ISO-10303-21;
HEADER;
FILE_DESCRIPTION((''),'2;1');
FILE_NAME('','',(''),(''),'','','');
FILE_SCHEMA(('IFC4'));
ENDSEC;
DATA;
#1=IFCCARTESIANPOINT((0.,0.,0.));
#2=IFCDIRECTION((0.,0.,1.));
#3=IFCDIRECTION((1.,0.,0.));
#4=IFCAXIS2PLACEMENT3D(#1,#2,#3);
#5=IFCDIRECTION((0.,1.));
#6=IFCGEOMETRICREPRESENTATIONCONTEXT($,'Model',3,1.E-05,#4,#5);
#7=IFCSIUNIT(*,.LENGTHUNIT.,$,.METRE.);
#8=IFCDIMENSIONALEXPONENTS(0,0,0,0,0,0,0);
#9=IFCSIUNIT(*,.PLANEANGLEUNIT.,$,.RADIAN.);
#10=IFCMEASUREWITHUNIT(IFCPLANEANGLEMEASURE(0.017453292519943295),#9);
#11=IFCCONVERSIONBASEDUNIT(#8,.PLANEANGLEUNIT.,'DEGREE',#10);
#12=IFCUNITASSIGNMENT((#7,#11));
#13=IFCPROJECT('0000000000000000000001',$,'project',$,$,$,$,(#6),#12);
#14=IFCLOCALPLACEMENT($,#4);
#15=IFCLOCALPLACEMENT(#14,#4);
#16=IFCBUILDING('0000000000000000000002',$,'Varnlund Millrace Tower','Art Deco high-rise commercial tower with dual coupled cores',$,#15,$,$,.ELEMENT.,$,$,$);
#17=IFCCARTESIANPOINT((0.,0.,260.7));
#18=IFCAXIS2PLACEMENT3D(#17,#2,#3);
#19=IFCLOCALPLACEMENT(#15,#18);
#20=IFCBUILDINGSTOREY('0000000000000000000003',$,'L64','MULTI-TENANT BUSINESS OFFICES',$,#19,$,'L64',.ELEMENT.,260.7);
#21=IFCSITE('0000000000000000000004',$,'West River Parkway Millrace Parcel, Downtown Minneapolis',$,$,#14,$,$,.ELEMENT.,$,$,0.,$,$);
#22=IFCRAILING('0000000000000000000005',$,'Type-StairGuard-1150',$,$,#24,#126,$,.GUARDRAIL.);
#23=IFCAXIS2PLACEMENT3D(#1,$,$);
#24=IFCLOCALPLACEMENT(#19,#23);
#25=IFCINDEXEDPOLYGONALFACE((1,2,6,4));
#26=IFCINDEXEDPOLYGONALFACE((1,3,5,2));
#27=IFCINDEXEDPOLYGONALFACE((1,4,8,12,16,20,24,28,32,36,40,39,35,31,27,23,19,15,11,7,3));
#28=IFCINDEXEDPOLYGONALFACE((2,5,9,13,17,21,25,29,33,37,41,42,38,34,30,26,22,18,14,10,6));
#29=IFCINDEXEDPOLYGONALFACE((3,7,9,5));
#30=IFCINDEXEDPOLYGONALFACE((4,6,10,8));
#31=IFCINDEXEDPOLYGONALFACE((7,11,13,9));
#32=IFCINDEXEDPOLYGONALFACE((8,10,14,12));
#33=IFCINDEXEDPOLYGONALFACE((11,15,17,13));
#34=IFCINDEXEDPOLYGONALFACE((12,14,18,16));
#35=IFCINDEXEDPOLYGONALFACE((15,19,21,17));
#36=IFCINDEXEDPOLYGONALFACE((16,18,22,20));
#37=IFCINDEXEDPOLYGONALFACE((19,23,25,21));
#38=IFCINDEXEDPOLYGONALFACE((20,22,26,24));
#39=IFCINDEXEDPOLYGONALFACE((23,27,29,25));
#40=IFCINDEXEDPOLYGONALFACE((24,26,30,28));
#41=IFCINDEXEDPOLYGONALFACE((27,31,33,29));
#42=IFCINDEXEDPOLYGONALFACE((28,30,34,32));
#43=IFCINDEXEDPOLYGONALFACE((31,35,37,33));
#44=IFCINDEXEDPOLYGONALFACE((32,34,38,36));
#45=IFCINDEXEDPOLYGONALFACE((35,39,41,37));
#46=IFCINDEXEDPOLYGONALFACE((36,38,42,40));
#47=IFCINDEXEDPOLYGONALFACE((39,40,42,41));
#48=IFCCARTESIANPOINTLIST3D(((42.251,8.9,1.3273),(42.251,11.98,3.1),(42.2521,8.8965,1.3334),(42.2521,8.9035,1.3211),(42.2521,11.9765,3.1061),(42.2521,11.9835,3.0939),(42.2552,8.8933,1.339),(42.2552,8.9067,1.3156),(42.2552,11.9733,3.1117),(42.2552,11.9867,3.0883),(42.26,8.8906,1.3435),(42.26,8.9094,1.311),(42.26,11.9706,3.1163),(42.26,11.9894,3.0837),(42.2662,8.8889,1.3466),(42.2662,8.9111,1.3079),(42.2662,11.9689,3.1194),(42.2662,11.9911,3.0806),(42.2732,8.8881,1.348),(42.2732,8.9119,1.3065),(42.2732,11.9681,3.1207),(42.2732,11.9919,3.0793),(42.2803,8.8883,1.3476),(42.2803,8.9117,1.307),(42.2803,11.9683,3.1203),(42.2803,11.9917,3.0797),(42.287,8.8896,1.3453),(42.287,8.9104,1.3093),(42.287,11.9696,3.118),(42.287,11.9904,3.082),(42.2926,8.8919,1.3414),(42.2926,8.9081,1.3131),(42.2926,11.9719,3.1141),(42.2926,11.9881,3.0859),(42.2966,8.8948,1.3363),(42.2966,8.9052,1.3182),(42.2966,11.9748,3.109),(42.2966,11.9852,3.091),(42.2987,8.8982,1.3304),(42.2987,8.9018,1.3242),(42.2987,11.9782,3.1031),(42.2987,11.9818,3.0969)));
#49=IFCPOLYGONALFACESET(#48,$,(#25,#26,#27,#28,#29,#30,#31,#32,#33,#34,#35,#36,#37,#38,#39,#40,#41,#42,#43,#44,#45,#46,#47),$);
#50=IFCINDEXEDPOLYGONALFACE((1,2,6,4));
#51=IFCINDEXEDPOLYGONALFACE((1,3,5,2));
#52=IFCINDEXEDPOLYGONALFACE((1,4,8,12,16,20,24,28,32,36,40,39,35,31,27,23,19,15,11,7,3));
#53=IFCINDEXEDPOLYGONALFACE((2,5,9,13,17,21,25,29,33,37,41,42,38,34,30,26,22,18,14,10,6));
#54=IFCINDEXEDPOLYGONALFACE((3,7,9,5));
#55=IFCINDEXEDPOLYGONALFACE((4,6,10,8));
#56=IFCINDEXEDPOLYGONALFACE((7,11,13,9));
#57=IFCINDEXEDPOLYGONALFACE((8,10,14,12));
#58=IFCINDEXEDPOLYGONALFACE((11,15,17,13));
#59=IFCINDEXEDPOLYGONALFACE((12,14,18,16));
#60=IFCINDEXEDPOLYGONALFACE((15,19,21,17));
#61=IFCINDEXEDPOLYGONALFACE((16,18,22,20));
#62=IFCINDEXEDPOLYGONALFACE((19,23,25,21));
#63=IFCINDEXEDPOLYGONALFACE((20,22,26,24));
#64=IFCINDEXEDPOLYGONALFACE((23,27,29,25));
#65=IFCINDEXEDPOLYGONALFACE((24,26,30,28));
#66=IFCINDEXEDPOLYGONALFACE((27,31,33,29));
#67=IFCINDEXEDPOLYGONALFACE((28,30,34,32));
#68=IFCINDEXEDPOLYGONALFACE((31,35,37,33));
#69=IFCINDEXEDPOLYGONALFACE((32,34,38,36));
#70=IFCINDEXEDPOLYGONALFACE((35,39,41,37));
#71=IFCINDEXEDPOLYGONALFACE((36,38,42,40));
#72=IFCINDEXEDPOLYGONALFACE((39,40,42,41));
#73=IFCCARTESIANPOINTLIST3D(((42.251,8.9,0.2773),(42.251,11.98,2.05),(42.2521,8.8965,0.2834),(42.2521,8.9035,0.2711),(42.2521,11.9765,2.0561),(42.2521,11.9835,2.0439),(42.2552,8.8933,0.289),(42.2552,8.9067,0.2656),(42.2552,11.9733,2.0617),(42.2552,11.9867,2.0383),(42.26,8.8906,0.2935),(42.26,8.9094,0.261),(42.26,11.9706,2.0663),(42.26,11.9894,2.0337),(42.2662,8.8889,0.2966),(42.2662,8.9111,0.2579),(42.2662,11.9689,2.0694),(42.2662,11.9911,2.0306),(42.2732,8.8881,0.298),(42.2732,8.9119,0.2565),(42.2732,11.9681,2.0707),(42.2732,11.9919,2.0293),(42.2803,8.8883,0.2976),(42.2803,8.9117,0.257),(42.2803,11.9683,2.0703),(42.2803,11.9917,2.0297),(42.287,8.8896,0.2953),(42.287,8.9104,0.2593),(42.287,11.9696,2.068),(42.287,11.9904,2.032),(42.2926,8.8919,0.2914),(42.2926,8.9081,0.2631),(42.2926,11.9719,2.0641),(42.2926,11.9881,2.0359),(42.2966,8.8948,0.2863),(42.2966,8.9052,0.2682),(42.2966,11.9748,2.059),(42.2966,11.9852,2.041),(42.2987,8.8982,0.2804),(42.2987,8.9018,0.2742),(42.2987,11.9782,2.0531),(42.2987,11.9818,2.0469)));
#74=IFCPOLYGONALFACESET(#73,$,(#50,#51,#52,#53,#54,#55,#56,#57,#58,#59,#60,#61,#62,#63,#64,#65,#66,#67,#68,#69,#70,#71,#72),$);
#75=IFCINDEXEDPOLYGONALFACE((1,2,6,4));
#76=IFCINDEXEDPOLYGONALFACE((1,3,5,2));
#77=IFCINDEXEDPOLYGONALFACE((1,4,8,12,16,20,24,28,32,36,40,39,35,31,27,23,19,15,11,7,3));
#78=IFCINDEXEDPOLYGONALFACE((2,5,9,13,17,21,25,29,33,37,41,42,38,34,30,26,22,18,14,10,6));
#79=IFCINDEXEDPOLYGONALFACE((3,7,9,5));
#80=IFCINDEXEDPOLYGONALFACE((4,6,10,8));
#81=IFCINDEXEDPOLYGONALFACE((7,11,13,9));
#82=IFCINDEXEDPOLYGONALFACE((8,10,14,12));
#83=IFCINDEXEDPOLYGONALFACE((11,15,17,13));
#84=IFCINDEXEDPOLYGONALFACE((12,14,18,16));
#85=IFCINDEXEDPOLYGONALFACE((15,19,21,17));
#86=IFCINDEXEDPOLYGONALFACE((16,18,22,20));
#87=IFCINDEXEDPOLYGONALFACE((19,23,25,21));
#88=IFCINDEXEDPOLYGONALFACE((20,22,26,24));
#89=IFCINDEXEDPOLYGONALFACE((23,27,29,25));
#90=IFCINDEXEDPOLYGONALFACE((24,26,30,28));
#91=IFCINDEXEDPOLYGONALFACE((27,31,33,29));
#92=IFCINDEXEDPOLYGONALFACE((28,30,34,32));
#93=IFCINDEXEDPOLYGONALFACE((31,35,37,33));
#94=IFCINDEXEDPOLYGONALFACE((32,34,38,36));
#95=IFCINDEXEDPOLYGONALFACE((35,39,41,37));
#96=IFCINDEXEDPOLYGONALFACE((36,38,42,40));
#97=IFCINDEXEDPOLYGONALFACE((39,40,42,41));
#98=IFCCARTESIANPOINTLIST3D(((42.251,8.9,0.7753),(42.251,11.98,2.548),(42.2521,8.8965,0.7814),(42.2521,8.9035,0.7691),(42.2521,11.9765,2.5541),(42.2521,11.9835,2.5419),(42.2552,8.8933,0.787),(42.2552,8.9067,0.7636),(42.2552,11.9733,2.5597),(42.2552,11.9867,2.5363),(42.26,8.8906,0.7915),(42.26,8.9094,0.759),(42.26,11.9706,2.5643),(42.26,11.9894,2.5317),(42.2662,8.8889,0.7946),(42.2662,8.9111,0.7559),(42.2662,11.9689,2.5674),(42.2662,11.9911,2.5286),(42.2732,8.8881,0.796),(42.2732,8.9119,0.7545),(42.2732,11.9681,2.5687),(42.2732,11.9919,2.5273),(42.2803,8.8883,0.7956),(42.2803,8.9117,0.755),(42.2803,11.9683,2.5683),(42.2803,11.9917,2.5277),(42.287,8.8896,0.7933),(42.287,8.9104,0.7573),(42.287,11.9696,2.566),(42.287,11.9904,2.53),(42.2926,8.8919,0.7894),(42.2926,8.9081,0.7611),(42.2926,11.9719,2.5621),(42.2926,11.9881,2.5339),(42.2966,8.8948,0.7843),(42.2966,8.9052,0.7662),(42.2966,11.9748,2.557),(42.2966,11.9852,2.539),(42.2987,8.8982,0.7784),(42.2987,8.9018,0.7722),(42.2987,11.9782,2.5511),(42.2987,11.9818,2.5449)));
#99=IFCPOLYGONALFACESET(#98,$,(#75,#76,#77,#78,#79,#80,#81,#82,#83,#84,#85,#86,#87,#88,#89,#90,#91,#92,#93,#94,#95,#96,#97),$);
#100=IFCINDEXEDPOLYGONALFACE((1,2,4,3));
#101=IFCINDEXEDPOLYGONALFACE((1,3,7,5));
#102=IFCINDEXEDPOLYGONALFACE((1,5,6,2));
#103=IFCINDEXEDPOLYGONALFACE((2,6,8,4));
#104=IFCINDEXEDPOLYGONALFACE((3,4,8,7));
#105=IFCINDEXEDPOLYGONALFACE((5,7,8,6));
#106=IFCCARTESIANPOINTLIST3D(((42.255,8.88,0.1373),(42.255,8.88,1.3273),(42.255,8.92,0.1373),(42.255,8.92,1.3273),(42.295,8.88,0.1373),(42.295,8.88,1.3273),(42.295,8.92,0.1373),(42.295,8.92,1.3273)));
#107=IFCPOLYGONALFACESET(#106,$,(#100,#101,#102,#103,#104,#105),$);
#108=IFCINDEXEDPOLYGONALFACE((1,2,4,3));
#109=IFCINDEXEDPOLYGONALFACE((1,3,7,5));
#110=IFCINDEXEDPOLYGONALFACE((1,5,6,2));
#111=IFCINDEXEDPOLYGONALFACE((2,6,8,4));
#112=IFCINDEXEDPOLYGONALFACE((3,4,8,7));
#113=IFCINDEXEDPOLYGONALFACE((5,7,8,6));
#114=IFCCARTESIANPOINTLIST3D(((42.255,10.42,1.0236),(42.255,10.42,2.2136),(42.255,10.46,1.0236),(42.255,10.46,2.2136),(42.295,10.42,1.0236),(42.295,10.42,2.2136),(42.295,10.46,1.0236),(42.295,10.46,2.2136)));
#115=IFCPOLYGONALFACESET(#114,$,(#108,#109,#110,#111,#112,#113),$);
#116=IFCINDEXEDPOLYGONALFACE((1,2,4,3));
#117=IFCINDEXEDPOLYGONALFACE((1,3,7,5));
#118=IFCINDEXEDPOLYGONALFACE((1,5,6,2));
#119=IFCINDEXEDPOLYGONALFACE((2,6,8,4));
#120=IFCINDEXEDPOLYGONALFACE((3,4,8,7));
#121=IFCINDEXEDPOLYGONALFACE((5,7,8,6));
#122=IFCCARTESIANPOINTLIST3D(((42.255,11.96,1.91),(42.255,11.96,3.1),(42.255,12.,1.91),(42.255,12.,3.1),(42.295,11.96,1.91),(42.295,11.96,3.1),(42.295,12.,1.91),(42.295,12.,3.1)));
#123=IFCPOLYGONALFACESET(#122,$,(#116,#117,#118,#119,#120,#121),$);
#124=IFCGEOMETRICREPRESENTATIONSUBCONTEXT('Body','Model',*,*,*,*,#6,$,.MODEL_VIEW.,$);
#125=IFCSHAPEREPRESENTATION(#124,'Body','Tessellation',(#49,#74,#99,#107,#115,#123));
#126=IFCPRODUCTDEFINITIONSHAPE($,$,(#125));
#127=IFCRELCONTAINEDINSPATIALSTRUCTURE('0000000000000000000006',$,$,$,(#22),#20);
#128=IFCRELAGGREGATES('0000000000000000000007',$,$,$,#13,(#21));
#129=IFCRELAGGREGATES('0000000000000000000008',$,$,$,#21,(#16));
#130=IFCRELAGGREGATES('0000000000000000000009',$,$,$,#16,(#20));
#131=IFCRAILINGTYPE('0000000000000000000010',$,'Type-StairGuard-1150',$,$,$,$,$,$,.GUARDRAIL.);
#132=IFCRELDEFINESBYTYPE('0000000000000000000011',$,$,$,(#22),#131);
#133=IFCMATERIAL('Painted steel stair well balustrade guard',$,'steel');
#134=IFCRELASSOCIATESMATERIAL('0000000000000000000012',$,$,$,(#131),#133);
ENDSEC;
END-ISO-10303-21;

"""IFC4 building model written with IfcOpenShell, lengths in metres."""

from ifc_helpers import new_model, entity, si_unit, converted_unit, direction, frame, origin_with_axes, origin_2d_with_axis, place, context, subcontext, project, spatial, rectangle, circle, extrude, material, type_object, element, save


model = new_model("IFC4")

# Units and contexts
model_context = context("Model", 3, precision=1e-05, world=origin_with_axes(), true_north=direction((0.0, 1.0)))
body_context = subcontext(model_context, "Body", "Model", "MODEL_VIEW")
ifc_project = project(units=[si_unit("LENGTHUNIT", "METRE"), converted_unit("PLANEANGLEUNIT", "DEGREE", entity("IfcPlaneAngleMeasure", 0.017453292519943295), si_unit("PLANEANGLEUNIT", "RADIAN"), dimensions=[0, 0, 0, 0, 0, 0, 0])], contexts=[model_context])

# Site, building, storey
site_placement = place(None, origin_with_axes())
site = spatial("IfcSite", under=ifc_project, at=site_placement, Name="West River Parkway Millrace Parcel, Downtown Minneapolis", CompositionType="ELEMENT", RefElevation=0.0)
building_placement = place(site_placement, origin_with_axes())
building = spatial("IfcBuilding", under=site, at=building_placement, Name="Varnlund Millrace Tower", Description="Art Deco high-rise commercial tower with dual coupled cores", CompositionType="ELEMENT")
storey_placement = place(building_placement, frame((0.0, 0.0, 260.7), z_axis=(0.0, 0.0, 1.0), x_axis=(1.0, 0.0, 0.0)))
storey = spatial("IfcBuildingStorey", under=building, at=storey_placement, Name="L64", Description="MULTI-TENANT BUSINESS OFFICES", LongName="L64", CompositionType="ELEMENT", Elevation=260.7)

# Railing
ifc_material_1 = material(Name="Painted steel stair well balustrade guard", Category="steel")
railing_type_1 = type_object("IfcRailingType", Name="Type-StairGuard-1150", PredefinedType="GUARDRAIL", material=ifc_material_1)
railing_1_placement = place(storey_placement, frame((0.0, 0.0, -260.7), z_axis=(0.0, 0.0, 1.0), x_axis=(1.0, 0.0, 0.0)))
element("IfcRailing", 1, at=railing_1_placement, inside=storey, type_object=railing_type_1, Name="Type-StairGuard-1150", PredefinedType="GUARDRAIL", context=body_context, shape_type="SweptSolid", body=[
    extrude(circle(Radius=0.024, at=origin_2d_with_axis()), frame((42.275, 8.9, 262.0273), z_axis=(0.0, 0.866696, 0.498836), x_axis=(-1.0, 0.0, 0.0)), (0.0, 0.0, 1.0), 3.5537),
    extrude(circle(Radius=0.024, at=origin_2d_with_axis()), frame((42.275, 8.9, 260.9773), z_axis=(0.0, 0.866696, 0.498836), x_axis=(-1.0, 0.0, 0.0)), (0.0, 0.0, 1.0), 3.5537),
    extrude(circle(Radius=0.024, at=origin_2d_with_axis()), frame((42.275, 8.9, 261.4753), z_axis=(0.0, 0.866696, 0.498836), x_axis=(-1.0, 0.0, 0.0)), (0.0, 0.0, 1.0), 3.5537),
    extrude(rectangle(XDim=0.04, YDim=0.04, at=origin_2d_with_axis()), frame((42.275, 8.9, 260.8373), z_axis=(0.0, 0.0, 1.0), x_axis=(1.0, 0.0, 0.0)), (0.0, 0.0, 1.0), 1.19),
    extrude(rectangle(XDim=0.04, YDim=0.04, at=origin_2d_with_axis()), frame((42.275, 10.44, 261.7236), z_axis=(0.0, 0.0, 1.0), x_axis=(1.0, 0.0, 0.0)), (0.0, 0.0, 1.0), 1.19),
    extrude(rectangle(XDim=0.04, YDim=0.04, at=origin_2d_with_axis()), frame((42.275, 11.98, 262.61), z_axis=(0.0, 0.0, 1.0), x_axis=(1.0, 0.0, 0.0)), (0.0, 0.0, 1.0), 1.19),
])

save(model, "model.ifc")
